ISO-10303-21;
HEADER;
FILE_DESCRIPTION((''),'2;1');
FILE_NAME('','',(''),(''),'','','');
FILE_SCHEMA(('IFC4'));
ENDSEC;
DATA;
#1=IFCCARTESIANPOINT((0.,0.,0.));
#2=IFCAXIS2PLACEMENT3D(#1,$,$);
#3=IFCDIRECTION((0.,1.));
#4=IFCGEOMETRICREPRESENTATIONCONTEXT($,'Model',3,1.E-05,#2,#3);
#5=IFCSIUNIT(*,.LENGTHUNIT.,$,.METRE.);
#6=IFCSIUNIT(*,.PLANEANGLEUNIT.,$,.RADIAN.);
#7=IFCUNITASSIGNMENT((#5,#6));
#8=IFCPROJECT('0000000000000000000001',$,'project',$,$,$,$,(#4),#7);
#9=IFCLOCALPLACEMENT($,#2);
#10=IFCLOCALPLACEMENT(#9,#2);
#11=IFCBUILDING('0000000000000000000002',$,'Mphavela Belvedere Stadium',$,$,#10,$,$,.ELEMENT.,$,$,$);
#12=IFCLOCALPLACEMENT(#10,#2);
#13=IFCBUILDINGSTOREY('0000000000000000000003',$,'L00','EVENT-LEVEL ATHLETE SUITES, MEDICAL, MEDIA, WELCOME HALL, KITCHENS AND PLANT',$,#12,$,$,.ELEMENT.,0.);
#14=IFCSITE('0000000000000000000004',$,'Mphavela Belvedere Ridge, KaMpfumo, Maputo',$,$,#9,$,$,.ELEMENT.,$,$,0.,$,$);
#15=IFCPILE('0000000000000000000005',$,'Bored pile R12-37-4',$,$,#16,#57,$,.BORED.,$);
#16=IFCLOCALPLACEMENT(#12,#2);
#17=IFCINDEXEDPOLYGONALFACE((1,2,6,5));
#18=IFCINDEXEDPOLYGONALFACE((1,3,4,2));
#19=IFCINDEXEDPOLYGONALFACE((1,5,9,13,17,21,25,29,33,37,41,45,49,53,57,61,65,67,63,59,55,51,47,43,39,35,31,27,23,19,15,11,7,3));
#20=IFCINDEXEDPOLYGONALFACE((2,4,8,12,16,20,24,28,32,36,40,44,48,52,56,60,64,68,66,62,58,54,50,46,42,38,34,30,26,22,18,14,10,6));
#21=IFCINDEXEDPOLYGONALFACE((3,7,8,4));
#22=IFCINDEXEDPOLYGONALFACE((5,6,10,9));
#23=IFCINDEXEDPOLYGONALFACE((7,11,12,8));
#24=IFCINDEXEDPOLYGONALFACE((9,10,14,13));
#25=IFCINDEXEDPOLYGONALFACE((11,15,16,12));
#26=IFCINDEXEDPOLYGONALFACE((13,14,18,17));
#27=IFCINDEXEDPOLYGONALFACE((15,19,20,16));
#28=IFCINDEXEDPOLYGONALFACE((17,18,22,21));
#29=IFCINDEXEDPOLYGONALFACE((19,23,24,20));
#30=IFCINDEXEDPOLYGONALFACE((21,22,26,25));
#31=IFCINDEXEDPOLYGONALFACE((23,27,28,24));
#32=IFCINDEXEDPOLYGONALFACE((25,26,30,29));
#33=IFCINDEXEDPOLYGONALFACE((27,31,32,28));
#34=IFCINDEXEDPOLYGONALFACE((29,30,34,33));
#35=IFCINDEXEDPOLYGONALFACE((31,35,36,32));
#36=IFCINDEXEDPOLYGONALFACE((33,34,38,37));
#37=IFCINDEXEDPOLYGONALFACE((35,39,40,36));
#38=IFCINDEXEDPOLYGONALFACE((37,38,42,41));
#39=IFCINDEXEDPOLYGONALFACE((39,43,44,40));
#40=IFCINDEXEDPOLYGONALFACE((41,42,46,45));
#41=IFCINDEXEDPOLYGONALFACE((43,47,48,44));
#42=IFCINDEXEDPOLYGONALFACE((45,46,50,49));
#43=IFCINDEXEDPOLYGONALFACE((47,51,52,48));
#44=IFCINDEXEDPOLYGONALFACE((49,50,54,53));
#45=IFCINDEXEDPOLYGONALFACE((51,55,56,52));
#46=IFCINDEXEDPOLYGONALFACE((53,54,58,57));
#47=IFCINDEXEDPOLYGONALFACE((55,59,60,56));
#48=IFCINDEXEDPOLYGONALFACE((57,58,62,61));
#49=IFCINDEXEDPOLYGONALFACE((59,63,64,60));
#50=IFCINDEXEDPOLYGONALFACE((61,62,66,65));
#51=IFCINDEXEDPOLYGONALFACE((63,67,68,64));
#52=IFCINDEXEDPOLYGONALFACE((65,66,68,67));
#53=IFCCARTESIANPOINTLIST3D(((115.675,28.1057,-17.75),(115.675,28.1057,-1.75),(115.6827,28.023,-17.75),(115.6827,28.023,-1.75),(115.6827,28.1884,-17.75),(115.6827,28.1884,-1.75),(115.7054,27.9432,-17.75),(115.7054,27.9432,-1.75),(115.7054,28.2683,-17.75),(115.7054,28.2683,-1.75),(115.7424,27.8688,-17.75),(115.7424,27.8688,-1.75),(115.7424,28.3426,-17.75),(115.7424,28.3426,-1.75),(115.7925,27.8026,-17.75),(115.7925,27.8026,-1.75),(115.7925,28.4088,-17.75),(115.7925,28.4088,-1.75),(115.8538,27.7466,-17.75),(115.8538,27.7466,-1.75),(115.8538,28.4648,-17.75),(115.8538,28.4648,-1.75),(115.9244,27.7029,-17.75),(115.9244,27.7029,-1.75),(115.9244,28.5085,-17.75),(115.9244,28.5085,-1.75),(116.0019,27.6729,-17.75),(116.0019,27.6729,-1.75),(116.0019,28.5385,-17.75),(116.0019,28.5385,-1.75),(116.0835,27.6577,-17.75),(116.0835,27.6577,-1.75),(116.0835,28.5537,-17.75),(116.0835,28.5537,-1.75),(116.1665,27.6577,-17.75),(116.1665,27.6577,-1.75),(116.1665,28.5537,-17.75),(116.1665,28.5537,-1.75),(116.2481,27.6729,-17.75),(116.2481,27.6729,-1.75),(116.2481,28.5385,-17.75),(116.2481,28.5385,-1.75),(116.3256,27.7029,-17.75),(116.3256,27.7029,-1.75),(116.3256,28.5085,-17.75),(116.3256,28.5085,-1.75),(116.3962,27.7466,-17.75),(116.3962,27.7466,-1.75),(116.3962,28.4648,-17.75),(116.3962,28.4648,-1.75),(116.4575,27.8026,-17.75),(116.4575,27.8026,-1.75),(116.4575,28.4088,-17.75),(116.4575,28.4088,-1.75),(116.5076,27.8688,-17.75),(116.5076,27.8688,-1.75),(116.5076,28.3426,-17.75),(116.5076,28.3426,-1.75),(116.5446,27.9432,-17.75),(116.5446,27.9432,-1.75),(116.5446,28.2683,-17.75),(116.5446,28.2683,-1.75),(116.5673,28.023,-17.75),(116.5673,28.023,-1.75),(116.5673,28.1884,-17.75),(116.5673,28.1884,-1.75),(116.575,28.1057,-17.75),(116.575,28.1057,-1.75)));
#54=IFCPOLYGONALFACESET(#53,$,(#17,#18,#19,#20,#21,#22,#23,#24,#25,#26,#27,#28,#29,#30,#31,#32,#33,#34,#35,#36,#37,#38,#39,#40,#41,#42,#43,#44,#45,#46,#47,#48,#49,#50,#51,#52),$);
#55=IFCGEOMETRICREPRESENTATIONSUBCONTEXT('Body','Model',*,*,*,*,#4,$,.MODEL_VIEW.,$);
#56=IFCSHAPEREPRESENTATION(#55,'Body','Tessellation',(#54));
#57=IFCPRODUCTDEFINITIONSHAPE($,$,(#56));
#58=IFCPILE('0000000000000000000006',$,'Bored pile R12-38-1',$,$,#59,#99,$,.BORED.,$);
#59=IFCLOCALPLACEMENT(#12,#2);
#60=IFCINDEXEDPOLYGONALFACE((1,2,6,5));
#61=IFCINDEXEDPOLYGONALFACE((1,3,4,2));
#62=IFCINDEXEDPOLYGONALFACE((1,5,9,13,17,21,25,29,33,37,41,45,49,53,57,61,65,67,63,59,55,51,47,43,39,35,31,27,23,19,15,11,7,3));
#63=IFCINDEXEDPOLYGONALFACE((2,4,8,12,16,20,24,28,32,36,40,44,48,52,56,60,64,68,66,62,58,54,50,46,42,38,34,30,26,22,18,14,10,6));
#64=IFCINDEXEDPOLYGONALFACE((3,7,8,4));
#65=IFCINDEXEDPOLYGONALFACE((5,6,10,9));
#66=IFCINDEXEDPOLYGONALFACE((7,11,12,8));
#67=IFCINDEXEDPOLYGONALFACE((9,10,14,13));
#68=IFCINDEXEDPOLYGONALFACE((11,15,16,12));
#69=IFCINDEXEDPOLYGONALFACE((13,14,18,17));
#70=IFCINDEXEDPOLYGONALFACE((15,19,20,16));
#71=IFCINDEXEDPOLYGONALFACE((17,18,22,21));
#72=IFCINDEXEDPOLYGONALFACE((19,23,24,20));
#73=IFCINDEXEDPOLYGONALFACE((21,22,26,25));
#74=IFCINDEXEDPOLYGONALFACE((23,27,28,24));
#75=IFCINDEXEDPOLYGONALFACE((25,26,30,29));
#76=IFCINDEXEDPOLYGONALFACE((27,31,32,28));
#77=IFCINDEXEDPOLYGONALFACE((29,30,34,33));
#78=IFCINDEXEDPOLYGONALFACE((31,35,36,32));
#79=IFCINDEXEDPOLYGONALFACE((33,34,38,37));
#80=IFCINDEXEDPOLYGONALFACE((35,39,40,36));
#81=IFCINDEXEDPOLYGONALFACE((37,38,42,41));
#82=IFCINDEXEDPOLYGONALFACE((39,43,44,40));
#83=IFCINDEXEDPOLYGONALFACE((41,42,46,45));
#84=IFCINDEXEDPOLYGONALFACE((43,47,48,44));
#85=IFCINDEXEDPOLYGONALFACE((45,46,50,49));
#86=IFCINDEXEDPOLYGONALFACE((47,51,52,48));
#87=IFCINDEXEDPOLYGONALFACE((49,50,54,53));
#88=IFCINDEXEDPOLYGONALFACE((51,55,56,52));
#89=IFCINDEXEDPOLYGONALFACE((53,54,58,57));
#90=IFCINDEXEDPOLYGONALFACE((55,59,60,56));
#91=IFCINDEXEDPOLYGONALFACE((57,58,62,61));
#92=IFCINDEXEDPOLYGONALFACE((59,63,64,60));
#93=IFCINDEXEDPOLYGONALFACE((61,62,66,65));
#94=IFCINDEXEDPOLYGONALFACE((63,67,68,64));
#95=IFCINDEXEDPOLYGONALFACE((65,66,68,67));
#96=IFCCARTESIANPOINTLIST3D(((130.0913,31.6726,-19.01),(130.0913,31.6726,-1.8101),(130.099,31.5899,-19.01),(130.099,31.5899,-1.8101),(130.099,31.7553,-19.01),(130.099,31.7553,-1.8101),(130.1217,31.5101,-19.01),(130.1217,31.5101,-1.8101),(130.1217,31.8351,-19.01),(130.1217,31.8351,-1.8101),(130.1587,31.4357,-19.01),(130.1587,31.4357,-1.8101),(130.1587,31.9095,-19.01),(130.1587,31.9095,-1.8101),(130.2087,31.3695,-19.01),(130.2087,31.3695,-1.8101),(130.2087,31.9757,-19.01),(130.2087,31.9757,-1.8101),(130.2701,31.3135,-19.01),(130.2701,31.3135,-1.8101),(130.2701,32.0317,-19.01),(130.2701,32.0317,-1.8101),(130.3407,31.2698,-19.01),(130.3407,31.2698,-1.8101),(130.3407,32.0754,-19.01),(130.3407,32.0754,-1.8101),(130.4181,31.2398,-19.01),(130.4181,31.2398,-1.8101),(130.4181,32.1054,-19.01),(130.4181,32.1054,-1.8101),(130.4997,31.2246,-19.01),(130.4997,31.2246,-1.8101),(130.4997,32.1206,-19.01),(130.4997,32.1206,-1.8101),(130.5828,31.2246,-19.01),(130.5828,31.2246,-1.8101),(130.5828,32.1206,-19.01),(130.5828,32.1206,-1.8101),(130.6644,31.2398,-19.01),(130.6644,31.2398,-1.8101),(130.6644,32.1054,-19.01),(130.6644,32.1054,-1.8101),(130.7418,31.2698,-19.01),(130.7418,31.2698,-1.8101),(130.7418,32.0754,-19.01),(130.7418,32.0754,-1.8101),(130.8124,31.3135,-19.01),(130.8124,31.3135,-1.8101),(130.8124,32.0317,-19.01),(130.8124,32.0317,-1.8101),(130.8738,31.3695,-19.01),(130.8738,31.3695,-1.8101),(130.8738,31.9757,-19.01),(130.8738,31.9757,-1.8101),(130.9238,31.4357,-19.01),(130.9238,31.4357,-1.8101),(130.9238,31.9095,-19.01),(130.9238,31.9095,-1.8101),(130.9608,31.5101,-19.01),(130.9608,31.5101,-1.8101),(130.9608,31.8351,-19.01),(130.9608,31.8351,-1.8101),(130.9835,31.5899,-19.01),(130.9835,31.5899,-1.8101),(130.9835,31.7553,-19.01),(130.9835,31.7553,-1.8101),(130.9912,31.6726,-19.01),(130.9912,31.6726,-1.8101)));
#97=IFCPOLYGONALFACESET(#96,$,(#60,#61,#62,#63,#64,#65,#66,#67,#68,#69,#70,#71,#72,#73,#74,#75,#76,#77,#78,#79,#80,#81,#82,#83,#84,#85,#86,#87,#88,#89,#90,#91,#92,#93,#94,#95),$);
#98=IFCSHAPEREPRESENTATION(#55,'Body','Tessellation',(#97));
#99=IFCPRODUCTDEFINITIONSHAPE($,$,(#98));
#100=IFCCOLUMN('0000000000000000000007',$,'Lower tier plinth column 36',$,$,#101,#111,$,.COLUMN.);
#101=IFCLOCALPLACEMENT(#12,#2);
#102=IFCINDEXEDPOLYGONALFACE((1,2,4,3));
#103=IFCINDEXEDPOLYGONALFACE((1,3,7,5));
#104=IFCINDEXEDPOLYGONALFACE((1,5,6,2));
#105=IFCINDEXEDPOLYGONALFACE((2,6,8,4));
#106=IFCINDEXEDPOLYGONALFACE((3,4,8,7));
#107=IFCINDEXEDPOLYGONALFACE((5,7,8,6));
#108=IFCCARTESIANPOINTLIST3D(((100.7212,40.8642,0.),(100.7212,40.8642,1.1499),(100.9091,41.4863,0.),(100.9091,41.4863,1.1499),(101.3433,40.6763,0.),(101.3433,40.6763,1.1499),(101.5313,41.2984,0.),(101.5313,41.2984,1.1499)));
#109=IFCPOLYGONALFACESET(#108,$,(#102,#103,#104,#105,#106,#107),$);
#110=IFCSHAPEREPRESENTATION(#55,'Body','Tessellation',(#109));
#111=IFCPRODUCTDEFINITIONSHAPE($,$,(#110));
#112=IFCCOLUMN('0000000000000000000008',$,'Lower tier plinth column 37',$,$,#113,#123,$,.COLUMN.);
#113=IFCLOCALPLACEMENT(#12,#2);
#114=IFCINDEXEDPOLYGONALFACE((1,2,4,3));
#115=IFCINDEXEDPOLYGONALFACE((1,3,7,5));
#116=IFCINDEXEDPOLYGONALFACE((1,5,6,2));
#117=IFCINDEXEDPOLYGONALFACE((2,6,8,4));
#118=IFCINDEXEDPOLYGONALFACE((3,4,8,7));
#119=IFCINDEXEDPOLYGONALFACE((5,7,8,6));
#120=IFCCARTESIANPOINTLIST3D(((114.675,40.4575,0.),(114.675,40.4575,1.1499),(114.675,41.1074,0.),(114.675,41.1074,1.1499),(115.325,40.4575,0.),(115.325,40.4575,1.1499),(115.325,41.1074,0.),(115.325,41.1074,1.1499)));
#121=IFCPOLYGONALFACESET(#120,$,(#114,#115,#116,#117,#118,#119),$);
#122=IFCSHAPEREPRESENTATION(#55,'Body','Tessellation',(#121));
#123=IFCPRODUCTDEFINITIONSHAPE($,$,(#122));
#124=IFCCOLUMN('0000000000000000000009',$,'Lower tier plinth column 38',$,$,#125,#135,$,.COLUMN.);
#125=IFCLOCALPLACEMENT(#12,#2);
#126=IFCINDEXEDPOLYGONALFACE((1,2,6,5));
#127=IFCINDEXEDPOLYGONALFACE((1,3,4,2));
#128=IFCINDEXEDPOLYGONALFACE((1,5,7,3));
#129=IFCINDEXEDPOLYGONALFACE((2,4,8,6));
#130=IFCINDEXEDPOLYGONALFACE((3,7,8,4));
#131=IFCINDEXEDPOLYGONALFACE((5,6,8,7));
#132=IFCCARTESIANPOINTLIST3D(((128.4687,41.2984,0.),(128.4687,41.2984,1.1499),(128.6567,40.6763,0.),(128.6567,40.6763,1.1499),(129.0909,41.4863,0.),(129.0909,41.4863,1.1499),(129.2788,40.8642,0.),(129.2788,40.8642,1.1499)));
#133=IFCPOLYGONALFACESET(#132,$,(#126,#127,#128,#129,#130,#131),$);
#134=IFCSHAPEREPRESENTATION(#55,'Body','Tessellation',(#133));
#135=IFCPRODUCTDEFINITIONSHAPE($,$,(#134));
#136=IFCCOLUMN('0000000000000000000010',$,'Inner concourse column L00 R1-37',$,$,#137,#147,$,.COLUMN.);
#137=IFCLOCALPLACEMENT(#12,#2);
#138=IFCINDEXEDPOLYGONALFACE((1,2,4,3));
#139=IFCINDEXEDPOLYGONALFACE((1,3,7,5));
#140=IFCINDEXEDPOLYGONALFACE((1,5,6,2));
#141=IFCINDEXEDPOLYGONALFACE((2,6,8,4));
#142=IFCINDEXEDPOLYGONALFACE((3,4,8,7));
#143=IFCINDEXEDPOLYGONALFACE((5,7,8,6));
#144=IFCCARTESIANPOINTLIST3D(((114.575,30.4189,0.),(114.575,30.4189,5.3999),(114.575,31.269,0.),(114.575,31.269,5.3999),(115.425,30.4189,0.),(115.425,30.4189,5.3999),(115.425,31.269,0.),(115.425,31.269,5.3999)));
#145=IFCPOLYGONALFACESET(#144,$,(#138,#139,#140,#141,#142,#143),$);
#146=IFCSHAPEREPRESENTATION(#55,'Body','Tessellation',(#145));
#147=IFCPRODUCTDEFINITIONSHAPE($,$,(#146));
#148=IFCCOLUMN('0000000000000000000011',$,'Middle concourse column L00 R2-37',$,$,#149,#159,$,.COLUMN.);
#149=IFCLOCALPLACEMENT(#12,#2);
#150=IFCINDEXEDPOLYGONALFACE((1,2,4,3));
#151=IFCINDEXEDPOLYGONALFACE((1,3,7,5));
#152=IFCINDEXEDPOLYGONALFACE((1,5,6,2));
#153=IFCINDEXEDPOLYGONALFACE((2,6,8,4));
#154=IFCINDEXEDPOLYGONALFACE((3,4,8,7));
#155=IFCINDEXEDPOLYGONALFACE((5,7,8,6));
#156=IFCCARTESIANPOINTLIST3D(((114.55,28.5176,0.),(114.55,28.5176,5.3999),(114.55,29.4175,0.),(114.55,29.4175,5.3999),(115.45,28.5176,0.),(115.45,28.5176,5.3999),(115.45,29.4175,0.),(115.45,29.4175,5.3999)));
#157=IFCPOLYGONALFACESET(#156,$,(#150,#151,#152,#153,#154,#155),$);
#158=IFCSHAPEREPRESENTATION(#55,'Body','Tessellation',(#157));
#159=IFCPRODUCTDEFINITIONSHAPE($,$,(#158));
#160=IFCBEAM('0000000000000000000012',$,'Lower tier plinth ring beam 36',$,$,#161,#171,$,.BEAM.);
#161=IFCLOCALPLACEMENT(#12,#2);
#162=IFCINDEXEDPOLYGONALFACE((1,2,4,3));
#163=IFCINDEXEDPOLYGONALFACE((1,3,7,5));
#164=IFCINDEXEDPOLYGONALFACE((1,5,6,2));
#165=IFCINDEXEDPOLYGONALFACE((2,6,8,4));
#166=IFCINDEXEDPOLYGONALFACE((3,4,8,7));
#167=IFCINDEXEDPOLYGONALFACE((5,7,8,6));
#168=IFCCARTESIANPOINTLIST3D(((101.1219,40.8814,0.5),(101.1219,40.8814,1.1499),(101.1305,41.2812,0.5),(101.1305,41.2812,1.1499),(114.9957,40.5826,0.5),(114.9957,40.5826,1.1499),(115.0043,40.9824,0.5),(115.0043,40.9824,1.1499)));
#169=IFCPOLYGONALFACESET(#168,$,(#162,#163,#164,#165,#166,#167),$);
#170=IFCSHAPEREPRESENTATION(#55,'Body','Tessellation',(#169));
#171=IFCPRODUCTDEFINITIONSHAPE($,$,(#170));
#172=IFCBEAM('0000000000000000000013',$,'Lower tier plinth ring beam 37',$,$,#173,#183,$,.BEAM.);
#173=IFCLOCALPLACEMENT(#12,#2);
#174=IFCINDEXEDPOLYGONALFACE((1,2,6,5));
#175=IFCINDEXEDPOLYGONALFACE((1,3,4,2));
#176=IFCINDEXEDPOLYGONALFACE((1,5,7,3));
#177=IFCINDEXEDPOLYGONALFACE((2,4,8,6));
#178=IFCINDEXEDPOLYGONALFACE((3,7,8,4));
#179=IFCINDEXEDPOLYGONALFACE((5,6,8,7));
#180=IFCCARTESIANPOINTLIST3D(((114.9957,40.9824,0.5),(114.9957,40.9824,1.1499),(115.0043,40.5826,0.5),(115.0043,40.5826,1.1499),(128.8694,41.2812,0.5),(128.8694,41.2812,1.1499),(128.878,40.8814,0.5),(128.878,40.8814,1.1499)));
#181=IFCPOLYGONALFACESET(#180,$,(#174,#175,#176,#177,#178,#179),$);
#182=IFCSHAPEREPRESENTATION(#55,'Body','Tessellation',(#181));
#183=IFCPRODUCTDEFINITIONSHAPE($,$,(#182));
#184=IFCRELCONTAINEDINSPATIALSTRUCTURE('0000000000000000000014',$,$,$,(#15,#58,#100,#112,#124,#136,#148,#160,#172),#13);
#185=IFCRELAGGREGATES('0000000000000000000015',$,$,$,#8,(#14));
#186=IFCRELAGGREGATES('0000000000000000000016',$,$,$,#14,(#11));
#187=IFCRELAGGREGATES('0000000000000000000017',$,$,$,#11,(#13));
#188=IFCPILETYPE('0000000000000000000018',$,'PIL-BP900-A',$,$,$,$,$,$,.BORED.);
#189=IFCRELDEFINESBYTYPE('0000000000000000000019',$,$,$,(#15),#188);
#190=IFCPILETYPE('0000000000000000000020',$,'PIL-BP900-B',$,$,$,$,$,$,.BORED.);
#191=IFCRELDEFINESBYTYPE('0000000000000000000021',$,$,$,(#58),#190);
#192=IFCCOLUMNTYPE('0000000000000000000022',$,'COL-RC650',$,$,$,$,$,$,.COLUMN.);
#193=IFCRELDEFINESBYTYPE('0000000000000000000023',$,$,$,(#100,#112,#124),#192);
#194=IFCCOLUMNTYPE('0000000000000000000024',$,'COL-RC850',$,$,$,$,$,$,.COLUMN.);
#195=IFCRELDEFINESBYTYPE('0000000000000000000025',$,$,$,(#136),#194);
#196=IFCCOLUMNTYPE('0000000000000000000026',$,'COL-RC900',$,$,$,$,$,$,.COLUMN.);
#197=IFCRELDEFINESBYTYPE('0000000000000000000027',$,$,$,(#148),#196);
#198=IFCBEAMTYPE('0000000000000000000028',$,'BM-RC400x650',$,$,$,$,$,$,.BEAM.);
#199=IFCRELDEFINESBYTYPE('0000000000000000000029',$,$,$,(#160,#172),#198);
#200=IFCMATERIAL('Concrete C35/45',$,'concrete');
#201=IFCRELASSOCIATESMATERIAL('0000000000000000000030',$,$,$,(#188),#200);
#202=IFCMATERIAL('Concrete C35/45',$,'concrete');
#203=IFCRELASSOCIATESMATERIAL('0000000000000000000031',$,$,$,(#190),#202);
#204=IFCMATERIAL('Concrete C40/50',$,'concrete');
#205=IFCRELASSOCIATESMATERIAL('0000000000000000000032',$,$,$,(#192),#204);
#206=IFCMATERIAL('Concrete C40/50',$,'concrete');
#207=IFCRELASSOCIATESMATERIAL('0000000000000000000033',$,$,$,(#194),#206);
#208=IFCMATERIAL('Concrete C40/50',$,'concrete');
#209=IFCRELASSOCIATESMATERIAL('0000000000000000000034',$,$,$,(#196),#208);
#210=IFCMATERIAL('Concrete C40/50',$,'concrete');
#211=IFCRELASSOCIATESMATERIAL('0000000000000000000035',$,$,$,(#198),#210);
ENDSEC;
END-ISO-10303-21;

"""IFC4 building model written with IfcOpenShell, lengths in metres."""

from ifc_helpers import new_model, si_unit, direction, frame, origin, origin_2d, place, context, subcontext, project, spatial, rectangle, circle, extrude, material, material_profile, profile_set, type_object, element, save


model = new_model("IFC4")

# Units and contexts
model_context = context("Model", 3, precision=1e-05, world=origin(), true_north=direction((0.0, 1.0)))
body_context = subcontext(model_context, "Body", "Model", "MODEL_VIEW")
ifc_project = project(units=[si_unit("LENGTHUNIT", "METRE"), si_unit("PLANEANGLEUNIT", "RADIAN")], contexts=[model_context])

# Site, building, storey
site_placement = place(None, origin())
site = spatial("IfcSite", under=ifc_project, at=site_placement, Name="Mphavela Belvedere Ridge, KaMpfumo, Maputo", CompositionType="ELEMENT", RefElevation=0.0)
building_placement = place(site_placement, origin())
building = spatial("IfcBuilding", under=site, at=building_placement, Name="Mphavela Belvedere Stadium", CompositionType="ELEMENT")
storey_placement = place(building_placement, origin())
storey = spatial("IfcBuildingStorey", under=building, at=storey_placement, Name="L00", Description="EVENT-LEVEL ATHLETE SUITES, MEDICAL, MEDIA, WELCOME HALL, KITCHENS AND PLANT", CompositionType="ELEMENT", Elevation=0.0)

# Piles
ifc_material_1 = material(Name="Concrete C35/45", Category="concrete")
ifc_material_profile_1 = material_profile(ifc_material_1, circle(Radius=0.45, at=origin_2d()), Name="BP D900")
ifc_profile_set_1 = profile_set([ifc_material_profile_1], Name="Concrete C35/45")
pile_type_1 = type_object("IfcPileType", Name="PIL-BP900-A", PredefinedType="BORED", material=ifc_profile_set_1)
for number, where, z_axis, x_axis, name in (
    (1, (116.125, 28.1057, -1.75), (0.0, 0.0, -1.0), (1.0, 0.0, 0.0), "Bored pile R12-37-4"),
):
    element("IfcPile", number, at=place(storey_placement, frame(where, z_axis=z_axis, x_axis=x_axis)), inside=storey, type_object=pile_type_1, Name=name, PredefinedType="BORED", context=body_context, shape_type="SweptSolid", body=[
        extrude(circle(Radius=0.45, at=origin_2d()), origin(), (0.0, 0.0, 1.0), 16.0),
    ])
ifc_material_2 = material(Name="Concrete C35/45", Category="concrete")
ifc_material_profile_2 = material_profile(ifc_material_2, circle(Radius=0.45, at=origin_2d()), Name="BP D900")
ifc_profile_set_2 = profile_set([ifc_material_profile_2], Name="Concrete C35/45")
pile_type_2 = type_object("IfcPileType", Name="PIL-BP900-B", PredefinedType="BORED", material=ifc_profile_set_2)
pile_placement = place(storey_placement, frame((130.5413, 31.6726, -1.8101), z_axis=(0.0, 0.0, -1.0), x_axis=(1.0, 0.0, 0.0)))
element("IfcPile", 2, at=pile_placement, inside=storey, type_object=pile_type_2, Name="Bored pile R12-38-1", PredefinedType="BORED", context=body_context, shape_type="SweptSolid", body=[
    extrude(circle(Radius=0.45, at=origin_2d()), origin(), (0.0, 0.0, 1.0), 17.2),
])

# Columns
ifc_material_3 = material(Name="Concrete C40/50", Category="concrete")
ifc_material_profile_3 = material_profile(ifc_material_3, rectangle(XDim=0.6499, YDim=0.6499, at=origin_2d()), Name="RC 650x650")
ifc_profile_set_3 = profile_set([ifc_material_profile_3], Name="Concrete C40/50")
column_type_1 = type_object("IfcColumnType", Name="COL-RC650", PredefinedType="COLUMN", material=ifc_profile_set_3)
for number, where, z_axis, x_axis, name in (
    (3, (101.1262, 41.0813, 0.0), (0.0, 0.0, 1.0), (-0.289199, -0.957269, 0.0), "Lower tier plinth column 36"),
    (4, (115.0, 40.7825, 0.0), (0.0, 0.0, 1.0), (0.0, -1.0, 0.0), "Lower tier plinth column 37"),
    (5, (128.8738, 41.0813, 0.0), (0.0, 0.0, 1.0), (0.289199, -0.957269, 0.0), "Lower tier plinth column 38"),
):
    element("IfcColumn", number, at=place(storey_placement, frame(where, z_axis=z_axis, x_axis=x_axis)), inside=storey, type_object=column_type_1, Name=name, PredefinedType="COLUMN", context=body_context, shape_type="SweptSolid", body=[
        extrude(rectangle(XDim=0.6499, YDim=0.6499, at=origin_2d()), origin(), (0.0, 0.0, 1.0), 1.1499),
    ])
ifc_material_4 = material(Name="Concrete C40/50", Category="concrete")
ifc_material_profile_4 = material_profile(ifc_material_4, rectangle(XDim=0.8501, YDim=0.8501, at=origin_2d()), Name="RC 850x850")
ifc_profile_set_4 = profile_set([ifc_material_profile_4], Name="Concrete C40/50")
column_type_2 = type_object("IfcColumnType", Name="COL-RC850", PredefinedType="COLUMN", material=ifc_profile_set_4)
column_1_placement = place(storey_placement, frame((115.0, 30.844, 0.0), z_axis=(0.0, 0.0, 1.0), x_axis=(0.0, -1.0, 0.0)))
element("IfcColumn", 6, at=column_1_placement, inside=storey, type_object=column_type_2, Name="Inner concourse column L00 R1-37", PredefinedType="COLUMN", context=body_context, shape_type="SweptSolid", body=[
    extrude(rectangle(XDim=0.8501, YDim=0.8501, at=origin_2d()), origin(), (0.0, 0.0, 1.0), 5.3999),
])
ifc_material_5 = material(Name="Concrete C40/50", Category="concrete")
ifc_material_profile_5 = material_profile(ifc_material_5, rectangle(XDim=0.8999, YDim=0.8999, at=origin_2d()), Name="RC 900x900")
ifc_profile_set_5 = profile_set([ifc_material_profile_5], Name="Concrete C40/50")
column_type_3 = type_object("IfcColumnType", Name="COL-RC900", PredefinedType="COLUMN", material=ifc_profile_set_5)
column_2_placement = place(storey_placement, frame((115.0, 28.9675, 0.0), z_axis=(0.0, 0.0, 1.0), x_axis=(0.0, -1.0, 0.0)))
element("IfcColumn", 7, at=column_2_placement, inside=storey, type_object=column_type_3, Name="Middle concourse column L00 R2-37", PredefinedType="COLUMN", context=body_context, shape_type="SweptSolid", body=[
    extrude(rectangle(XDim=0.8999, YDim=0.8999, at=origin_2d()), origin(), (0.0, 0.0, 1.0), 5.3999),
])

# Beams
ifc_material_6 = material(Name="Concrete C40/50", Category="concrete")
ifc_material_profile_6 = material_profile(ifc_material_6, rectangle(XDim=0.3999, YDim=0.6499, at=origin_2d()), Name="RC 400x650")
ifc_profile_set_6 = profile_set([ifc_material_profile_6], Name="Concrete C40/50")
beam_type_1 = type_object("IfcBeamType", Name="BM-RC400x650", PredefinedType="BEAM", material=ifc_profile_set_6)
for number, where, z_axis, x_axis, name in (
    (8, (101.1262, 41.0813, 0.825), (0.999768, -0.021534, 0.0), (0.021534, 0.999768, 0.0), "Lower tier plinth ring beam 36"),
    (9, (115.0, 40.7825, 0.825), (0.999768, 0.021534, 0.0), (-0.021534, 0.999768, 0.0), "Lower tier plinth ring beam 37"),
):
    element("IfcBeam", number, at=place(storey_placement, frame(where, z_axis=z_axis, x_axis=x_axis)), inside=storey, type_object=beam_type_1, Name=name, PredefinedType="BEAM", context=body_context, shape_type="SweptSolid", body=[
        extrude(rectangle(XDim=0.3999, YDim=0.6499, at=origin_2d()), origin(), (0.0, 0.0, 1.0), 13.877),
    ])

save(model, "model.ifc")
